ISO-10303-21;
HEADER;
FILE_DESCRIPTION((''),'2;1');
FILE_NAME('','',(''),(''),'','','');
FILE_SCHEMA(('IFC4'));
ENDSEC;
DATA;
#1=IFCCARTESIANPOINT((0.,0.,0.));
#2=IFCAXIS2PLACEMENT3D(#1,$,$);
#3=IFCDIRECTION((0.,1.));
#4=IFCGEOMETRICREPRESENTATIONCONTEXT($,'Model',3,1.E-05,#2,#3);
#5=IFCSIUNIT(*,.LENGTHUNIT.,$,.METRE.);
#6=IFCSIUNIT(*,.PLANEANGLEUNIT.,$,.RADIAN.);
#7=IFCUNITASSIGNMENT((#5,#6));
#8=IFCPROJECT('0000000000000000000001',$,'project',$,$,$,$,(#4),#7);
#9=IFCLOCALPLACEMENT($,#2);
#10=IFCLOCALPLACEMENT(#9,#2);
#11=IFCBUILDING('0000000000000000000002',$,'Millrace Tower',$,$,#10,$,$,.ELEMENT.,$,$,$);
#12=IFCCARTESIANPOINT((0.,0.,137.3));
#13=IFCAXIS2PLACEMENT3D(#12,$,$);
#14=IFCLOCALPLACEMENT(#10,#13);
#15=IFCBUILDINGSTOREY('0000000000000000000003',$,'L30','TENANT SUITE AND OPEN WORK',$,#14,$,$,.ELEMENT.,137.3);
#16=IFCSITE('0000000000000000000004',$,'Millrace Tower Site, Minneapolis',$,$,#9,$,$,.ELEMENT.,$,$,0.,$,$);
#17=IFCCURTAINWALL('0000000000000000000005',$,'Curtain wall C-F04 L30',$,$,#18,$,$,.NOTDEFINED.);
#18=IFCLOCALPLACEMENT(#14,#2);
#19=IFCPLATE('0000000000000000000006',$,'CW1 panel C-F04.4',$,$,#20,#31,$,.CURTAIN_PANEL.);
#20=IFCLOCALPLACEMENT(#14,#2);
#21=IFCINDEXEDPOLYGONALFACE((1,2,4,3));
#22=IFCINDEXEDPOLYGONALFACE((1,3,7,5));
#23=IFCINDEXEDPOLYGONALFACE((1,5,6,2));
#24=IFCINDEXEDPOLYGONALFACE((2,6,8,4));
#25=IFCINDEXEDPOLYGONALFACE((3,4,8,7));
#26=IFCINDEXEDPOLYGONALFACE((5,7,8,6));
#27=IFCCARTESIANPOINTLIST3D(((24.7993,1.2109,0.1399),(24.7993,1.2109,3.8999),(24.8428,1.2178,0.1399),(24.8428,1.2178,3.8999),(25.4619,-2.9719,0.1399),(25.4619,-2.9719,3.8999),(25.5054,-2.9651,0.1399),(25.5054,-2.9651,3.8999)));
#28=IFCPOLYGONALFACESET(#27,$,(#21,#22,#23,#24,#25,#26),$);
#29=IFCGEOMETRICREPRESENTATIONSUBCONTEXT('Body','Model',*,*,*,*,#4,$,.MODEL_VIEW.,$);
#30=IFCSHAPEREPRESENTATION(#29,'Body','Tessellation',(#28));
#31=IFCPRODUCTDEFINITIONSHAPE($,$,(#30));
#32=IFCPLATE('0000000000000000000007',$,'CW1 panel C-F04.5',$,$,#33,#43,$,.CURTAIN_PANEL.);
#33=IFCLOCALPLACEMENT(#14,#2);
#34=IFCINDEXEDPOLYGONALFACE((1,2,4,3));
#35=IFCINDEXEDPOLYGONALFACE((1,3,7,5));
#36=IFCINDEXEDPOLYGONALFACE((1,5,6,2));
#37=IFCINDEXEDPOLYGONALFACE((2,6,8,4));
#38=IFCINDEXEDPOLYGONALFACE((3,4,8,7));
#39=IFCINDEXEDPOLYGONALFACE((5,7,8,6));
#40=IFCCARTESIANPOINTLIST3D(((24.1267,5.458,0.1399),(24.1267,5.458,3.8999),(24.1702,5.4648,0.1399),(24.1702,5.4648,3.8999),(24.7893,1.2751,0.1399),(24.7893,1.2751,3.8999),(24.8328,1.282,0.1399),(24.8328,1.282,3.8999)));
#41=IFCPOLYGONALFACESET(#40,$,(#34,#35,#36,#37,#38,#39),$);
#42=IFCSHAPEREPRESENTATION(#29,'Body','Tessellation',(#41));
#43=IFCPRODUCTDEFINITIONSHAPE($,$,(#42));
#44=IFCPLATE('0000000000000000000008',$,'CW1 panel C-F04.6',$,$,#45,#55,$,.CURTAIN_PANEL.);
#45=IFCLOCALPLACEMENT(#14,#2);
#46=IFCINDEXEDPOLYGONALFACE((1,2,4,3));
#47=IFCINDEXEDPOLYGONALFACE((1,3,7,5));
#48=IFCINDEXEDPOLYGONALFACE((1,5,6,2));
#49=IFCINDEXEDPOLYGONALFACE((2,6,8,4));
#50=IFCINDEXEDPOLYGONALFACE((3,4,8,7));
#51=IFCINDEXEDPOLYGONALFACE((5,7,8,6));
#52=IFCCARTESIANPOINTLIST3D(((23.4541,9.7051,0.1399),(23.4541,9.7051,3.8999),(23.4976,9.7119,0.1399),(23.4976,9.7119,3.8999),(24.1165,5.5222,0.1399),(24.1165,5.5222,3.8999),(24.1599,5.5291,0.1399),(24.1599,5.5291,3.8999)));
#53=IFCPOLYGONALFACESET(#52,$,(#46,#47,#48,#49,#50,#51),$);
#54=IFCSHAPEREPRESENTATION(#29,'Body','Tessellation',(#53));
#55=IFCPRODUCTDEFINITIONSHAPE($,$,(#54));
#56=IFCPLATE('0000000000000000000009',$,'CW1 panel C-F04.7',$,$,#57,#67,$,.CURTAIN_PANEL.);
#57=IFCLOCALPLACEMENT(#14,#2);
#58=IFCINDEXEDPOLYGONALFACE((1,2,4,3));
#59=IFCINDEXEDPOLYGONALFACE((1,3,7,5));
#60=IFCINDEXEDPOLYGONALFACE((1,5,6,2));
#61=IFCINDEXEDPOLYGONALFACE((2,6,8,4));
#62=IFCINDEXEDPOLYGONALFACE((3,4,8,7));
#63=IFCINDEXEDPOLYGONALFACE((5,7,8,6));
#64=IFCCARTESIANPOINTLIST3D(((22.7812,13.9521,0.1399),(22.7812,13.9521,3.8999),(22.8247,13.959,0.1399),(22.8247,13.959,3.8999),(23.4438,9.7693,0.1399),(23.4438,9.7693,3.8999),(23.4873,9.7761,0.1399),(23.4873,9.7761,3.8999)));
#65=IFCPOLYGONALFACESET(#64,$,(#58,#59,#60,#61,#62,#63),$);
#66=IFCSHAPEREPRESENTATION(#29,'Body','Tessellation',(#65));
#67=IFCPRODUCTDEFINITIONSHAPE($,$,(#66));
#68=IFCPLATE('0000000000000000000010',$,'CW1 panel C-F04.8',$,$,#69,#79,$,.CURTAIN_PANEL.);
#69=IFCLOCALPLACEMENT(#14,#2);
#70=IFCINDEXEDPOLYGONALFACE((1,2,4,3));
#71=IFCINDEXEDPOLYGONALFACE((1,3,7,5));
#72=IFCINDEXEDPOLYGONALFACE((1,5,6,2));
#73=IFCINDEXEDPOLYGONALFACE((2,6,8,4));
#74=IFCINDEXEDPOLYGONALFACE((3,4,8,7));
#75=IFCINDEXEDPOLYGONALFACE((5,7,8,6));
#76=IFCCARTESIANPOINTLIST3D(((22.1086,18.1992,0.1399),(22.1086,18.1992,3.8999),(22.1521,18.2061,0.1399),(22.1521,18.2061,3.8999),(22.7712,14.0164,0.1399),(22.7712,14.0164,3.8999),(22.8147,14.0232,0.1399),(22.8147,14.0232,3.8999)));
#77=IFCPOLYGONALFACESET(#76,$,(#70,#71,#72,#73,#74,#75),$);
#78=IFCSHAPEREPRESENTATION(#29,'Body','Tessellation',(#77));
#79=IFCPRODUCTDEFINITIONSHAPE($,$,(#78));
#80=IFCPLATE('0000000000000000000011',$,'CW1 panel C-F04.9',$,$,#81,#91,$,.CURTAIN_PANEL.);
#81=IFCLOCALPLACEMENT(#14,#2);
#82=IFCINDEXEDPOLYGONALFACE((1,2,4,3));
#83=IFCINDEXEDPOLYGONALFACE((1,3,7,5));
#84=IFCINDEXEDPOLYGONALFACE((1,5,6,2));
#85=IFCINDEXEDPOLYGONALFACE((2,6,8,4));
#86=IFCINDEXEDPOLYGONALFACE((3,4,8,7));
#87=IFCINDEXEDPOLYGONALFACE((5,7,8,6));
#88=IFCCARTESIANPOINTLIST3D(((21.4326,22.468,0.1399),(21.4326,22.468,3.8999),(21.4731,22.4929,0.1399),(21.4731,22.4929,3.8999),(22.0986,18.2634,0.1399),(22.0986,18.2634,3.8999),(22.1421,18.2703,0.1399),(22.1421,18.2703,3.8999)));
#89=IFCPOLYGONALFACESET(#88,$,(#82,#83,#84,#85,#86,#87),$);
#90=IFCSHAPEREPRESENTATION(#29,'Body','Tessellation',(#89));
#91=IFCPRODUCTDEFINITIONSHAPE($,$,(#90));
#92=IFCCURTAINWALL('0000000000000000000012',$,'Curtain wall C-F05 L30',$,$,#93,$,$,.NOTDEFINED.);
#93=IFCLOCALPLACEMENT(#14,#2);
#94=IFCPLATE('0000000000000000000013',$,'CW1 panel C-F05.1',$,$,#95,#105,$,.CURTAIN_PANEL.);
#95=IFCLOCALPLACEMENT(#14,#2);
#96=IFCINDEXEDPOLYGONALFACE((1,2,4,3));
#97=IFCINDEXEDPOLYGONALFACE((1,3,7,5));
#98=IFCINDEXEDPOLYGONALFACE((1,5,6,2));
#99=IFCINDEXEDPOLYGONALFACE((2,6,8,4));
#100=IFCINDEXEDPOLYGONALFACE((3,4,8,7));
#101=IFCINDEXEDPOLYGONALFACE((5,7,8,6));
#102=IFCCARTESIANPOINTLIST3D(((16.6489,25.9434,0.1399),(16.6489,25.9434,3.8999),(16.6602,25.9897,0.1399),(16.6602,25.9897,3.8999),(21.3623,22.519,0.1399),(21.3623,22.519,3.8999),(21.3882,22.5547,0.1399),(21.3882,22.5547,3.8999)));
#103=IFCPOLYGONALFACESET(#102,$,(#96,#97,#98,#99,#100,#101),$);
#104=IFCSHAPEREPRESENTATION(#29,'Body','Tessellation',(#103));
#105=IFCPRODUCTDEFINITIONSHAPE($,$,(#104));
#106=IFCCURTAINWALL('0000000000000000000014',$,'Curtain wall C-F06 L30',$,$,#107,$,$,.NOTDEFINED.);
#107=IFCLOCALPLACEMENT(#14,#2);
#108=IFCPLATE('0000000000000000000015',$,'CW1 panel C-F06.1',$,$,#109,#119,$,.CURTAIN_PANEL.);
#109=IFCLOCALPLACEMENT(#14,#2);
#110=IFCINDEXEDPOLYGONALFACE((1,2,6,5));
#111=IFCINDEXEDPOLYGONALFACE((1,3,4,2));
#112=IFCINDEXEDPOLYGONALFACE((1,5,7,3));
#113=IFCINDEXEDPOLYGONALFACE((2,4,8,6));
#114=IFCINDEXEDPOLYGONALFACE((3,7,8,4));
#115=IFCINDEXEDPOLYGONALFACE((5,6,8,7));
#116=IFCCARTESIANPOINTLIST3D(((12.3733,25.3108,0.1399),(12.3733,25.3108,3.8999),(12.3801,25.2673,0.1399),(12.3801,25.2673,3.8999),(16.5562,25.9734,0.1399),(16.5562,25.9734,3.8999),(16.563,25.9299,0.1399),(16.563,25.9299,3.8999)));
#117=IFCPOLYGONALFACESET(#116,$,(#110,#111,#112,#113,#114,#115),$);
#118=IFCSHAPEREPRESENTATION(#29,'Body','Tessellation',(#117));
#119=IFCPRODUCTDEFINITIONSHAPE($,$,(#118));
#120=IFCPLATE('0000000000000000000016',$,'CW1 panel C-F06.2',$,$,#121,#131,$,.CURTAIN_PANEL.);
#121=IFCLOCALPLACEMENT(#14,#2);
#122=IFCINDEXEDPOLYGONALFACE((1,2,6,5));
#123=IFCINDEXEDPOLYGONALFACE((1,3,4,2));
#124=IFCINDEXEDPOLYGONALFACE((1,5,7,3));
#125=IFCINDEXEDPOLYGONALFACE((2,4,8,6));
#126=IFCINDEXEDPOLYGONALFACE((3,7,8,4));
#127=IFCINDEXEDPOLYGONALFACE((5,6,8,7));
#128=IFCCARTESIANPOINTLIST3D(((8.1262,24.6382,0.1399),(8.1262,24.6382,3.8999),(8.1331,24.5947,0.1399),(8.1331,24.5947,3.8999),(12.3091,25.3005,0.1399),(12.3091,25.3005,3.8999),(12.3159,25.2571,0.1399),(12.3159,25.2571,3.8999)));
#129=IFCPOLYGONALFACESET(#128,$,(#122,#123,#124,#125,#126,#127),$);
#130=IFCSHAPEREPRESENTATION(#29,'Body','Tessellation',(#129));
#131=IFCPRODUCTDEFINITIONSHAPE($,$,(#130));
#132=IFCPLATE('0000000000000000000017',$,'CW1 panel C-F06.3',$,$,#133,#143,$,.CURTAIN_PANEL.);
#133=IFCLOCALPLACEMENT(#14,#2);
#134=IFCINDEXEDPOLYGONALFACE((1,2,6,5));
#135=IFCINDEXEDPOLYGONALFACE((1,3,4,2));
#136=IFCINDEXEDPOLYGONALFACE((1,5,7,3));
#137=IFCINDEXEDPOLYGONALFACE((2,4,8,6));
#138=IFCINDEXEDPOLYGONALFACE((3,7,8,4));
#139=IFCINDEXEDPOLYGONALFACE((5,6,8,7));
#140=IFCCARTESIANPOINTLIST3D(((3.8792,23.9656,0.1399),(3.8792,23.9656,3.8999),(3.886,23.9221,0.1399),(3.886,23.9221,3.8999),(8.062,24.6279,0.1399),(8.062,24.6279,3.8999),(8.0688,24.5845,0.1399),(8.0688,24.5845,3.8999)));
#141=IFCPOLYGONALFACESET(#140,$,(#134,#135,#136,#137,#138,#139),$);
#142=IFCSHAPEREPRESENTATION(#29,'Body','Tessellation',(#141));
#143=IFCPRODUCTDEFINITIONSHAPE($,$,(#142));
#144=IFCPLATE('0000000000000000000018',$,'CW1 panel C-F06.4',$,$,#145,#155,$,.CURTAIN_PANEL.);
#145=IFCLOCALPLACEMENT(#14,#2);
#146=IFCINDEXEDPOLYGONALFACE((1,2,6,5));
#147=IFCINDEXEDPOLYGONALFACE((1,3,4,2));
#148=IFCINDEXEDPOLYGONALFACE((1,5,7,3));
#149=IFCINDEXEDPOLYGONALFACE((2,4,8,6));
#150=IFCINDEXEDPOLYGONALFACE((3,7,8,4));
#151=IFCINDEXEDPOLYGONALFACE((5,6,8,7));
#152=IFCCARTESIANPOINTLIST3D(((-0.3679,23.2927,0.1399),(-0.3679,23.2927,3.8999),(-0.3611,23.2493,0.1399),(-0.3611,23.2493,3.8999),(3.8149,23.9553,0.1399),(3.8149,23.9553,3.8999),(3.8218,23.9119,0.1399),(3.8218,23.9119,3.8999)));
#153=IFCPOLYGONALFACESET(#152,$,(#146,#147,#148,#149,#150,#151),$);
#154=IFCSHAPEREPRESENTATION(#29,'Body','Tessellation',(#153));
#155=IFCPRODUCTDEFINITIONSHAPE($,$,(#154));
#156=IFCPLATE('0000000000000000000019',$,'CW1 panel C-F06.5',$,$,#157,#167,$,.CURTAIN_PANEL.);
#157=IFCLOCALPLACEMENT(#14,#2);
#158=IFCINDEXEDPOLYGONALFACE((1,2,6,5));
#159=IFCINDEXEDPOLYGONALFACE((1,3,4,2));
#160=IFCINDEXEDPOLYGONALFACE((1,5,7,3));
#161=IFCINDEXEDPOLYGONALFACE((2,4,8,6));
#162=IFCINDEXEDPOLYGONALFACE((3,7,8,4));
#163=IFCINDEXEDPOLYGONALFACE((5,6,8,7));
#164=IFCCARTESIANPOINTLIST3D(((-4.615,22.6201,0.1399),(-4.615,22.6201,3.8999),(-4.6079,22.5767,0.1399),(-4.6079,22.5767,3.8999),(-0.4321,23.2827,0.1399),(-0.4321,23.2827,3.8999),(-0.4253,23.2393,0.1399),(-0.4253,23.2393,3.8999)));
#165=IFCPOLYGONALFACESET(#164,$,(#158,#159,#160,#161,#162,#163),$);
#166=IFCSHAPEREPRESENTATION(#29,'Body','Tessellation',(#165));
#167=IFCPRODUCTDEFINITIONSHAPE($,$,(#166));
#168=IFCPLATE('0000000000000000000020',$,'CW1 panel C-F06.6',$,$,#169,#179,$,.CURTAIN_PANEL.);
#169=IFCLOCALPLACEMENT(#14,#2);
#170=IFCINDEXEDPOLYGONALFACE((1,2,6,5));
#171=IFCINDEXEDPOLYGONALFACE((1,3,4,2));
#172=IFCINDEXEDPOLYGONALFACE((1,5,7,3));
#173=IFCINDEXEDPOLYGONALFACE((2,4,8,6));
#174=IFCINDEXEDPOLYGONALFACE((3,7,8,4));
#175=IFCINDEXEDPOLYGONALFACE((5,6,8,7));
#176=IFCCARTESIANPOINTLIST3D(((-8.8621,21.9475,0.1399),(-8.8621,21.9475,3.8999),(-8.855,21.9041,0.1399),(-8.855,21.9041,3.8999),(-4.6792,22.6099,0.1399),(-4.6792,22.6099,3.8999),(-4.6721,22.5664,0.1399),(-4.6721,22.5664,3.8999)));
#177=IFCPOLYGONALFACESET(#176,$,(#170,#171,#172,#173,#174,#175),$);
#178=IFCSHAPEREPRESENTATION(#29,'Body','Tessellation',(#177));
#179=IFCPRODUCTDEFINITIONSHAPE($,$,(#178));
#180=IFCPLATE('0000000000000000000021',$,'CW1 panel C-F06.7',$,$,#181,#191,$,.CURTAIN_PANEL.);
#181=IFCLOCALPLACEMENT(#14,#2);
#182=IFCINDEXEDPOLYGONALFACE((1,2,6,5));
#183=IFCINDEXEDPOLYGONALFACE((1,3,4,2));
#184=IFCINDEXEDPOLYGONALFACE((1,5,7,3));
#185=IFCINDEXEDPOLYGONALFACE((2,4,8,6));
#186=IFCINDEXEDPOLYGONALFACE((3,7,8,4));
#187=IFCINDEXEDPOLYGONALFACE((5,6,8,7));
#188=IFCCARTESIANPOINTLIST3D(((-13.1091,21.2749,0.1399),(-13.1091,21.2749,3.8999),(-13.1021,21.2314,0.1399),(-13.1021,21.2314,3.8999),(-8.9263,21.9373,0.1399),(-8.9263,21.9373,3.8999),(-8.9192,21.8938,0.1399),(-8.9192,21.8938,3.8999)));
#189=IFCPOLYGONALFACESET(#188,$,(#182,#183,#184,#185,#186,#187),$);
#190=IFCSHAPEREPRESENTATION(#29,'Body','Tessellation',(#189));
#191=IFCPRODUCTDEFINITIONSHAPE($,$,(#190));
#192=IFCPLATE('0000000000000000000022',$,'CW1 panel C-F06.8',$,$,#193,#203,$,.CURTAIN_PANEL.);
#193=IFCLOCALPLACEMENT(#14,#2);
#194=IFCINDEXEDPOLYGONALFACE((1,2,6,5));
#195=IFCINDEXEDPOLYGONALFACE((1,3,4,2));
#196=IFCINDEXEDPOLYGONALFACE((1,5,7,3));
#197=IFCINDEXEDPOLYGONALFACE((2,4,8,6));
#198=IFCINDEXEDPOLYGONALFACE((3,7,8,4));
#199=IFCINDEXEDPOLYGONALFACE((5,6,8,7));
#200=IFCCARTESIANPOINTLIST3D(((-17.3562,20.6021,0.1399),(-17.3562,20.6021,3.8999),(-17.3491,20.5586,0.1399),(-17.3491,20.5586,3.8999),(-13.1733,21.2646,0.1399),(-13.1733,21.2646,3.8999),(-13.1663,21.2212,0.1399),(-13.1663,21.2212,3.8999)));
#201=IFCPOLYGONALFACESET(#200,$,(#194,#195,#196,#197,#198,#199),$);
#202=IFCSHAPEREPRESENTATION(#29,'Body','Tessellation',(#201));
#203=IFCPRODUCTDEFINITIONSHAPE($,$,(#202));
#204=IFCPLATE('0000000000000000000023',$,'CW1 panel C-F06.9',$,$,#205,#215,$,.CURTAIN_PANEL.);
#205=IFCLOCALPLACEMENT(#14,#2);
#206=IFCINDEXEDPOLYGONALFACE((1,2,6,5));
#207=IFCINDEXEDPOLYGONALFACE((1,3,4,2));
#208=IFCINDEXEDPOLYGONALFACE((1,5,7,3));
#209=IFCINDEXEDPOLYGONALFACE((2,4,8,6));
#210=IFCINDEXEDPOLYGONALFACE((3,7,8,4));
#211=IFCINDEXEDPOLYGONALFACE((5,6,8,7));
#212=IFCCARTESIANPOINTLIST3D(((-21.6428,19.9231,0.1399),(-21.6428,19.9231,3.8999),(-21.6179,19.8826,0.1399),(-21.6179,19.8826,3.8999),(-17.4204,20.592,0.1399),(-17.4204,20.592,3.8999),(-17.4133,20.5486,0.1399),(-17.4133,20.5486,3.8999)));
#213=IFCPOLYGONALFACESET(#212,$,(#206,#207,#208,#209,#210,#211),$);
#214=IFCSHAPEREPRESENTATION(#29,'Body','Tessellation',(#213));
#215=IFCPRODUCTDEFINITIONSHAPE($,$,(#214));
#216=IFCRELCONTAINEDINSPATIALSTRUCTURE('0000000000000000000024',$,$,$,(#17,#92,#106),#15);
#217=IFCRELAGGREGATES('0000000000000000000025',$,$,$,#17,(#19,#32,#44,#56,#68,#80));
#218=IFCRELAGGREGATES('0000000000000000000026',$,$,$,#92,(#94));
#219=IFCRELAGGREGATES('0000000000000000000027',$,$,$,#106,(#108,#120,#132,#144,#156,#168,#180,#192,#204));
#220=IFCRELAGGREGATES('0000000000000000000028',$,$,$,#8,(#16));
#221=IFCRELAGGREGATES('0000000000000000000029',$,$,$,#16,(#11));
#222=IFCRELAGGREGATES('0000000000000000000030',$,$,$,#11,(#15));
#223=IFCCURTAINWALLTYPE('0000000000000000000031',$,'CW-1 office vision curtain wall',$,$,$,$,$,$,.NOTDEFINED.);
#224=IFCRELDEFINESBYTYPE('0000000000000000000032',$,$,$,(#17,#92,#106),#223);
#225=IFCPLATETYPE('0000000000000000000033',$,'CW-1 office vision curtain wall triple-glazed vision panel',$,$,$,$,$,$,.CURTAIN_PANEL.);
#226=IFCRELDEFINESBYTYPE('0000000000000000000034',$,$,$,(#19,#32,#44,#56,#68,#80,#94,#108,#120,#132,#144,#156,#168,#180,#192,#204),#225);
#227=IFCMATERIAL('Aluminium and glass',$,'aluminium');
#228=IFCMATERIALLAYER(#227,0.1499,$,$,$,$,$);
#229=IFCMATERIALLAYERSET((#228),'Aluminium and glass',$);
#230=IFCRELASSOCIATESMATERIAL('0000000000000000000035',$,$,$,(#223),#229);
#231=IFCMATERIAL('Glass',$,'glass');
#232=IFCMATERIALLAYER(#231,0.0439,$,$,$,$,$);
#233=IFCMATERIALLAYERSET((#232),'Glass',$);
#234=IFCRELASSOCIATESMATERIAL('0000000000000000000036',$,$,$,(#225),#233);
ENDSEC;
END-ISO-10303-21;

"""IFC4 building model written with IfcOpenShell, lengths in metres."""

from ifc_helpers import new_model, si_unit, direction, frame, origin, place, context, subcontext, project, spatial, polyline, outline, extrude, material, layer, layer_set, type_object, element, aggregate, save


model = new_model("IFC4")

# Units and contexts
model_context = context("Model", 3, precision=1e-05, world=origin(), true_north=direction((0.0, 1.0)))
body_context = subcontext(model_context, "Body", "Model", "MODEL_VIEW")
ifc_project = project(units=[si_unit("LENGTHUNIT", "METRE"), si_unit("PLANEANGLEUNIT", "RADIAN")], contexts=[model_context])

# Site, building, storey
site_placement = place(None, origin())
site = spatial("IfcSite", under=ifc_project, at=site_placement, Name="Millrace Tower Site, Minneapolis", CompositionType="ELEMENT", RefElevation=0.0)
building_placement = place(site_placement, origin())
building = spatial("IfcBuilding", under=site, at=building_placement, Name="Millrace Tower", CompositionType="ELEMENT")
storey_placement = place(building_placement, frame((0.0, 0.0, 137.3)))
storey = spatial("IfcBuildingStorey", under=building, at=storey_placement, Name="L30", Description="TENANT SUITE AND OPEN WORK", CompositionType="ELEMENT", Elevation=137.3)

# Curtain wall, plates
ifc_material_1 = material(Name="Aluminium and glass", Category="aluminium")
ifc_layer_1 = layer(ifc_material_1, 0.1499)
ifc_layer_set_1 = layer_set([ifc_layer_1], Name="Aluminium and glass")
curtain_wall_type = type_object("IfcCurtainWallType", Name="CW-1 office vision curtain wall", PredefinedType="NOTDEFINED", material=ifc_layer_set_1)
placement_1 = place(storey_placement, origin())
curtain_wall_1 = element("IfcCurtainWall", 1, at=placement_1, inside=storey, type_object=curtain_wall_type, Name="Curtain wall C-F04 L30", PredefinedType="NOTDEFINED")
ifc_material_2 = material(Name="Glass", Category="glass")
ifc_layer_2 = layer(ifc_material_2, 0.0439)
ifc_layer_set_2 = layer_set([ifc_layer_2], Name="Glass")
plate_type = type_object("IfcPlateType", Name="CW-1 office vision curtain wall triple-glazed vision panel", PredefinedType="CURTAIN_PANEL", material=ifc_layer_set_2)
placement_2 = place(storey_placement, frame((0.0, 0.0, 0.1399)))
plate_1 = element("IfcPlate", 2, at=placement_2, type_object=plate_type, Name="CW1 panel C-F04.4", PredefinedType="CURTAIN_PANEL", context=body_context, shape_type="SweptSolid", body=[
    extrude(outline(polyline([(25.5054, -2.9651), (24.8428, 1.2178), (24.7993, 1.2109), (25.4619, -2.9719), (25.5054, -2.9651)])), origin(), (0.0, 0.0, 1.0), 3.76),
])
plate_2 = element("IfcPlate", 3, at=placement_2, type_object=plate_type, Name="CW1 panel C-F04.5", PredefinedType="CURTAIN_PANEL", context=body_context, shape_type="SweptSolid", body=[
    extrude(outline(polyline([(24.8328, 1.282), (24.1702, 5.4648), (24.1267, 5.458), (24.7893, 1.2751), (24.8328, 1.282)])), origin(), (0.0, 0.0, 1.0), 3.76),
])
plate_3 = element("IfcPlate", 4, at=placement_2, type_object=plate_type, Name="CW1 panel C-F04.6", PredefinedType="CURTAIN_PANEL", context=body_context, shape_type="SweptSolid", body=[
    extrude(outline(polyline([(24.1599, 5.5291), (23.4976, 9.7119), (23.4541, 9.7051), (24.1165, 5.5222), (24.1599, 5.5291)])), origin(), (0.0, 0.0, 1.0), 3.76),
])
plate_4 = element("IfcPlate", 5, at=placement_2, type_object=plate_type, Name="CW1 panel C-F04.7", PredefinedType="CURTAIN_PANEL", context=body_context, shape_type="SweptSolid", body=[
    extrude(outline(polyline([(23.4873, 9.7761), (22.8247, 13.959), (22.7812, 13.9521), (23.4438, 9.7693), (23.4873, 9.7761)])), origin(), (0.0, 0.0, 1.0), 3.76),
])
plate_5 = element("IfcPlate", 6, at=placement_2, type_object=plate_type, Name="CW1 panel C-F04.8", PredefinedType="CURTAIN_PANEL", context=body_context, shape_type="SweptSolid", body=[
    extrude(outline(polyline([(22.8147, 14.0232), (22.1521, 18.2061), (22.1086, 18.1992), (22.7712, 14.0164), (22.8147, 14.0232)])), origin(), (0.0, 0.0, 1.0), 3.76),
])
plate_6 = element("IfcPlate", 7, at=placement_2, type_object=plate_type, Name="CW1 panel C-F04.9", PredefinedType="CURTAIN_PANEL", context=body_context, shape_type="SweptSolid", body=[
    extrude(outline(polyline([(22.1421, 18.2703), (21.4731, 22.4929), (21.4326, 22.468), (22.0986, 18.2634), (22.1421, 18.2703)])), origin(), (0.0, 0.0, 1.0), 3.76),
])
aggregate(curtain_wall_1, [plate_1, plate_2, plate_3, plate_4, plate_5, plate_6])

# Curtain wall, plate
curtain_wall_2 = element("IfcCurtainWall", 8, at=placement_1, inside=storey, type_object=curtain_wall_type, Name="Curtain wall C-F05 L30", PredefinedType="NOTDEFINED")
plate_7 = element("IfcPlate", 9, at=placement_2, type_object=plate_type, Name="CW1 panel C-F05.1", PredefinedType="CURTAIN_PANEL", context=body_context, shape_type="SweptSolid", body=[
    extrude(outline(polyline([(21.3882, 22.5547), (16.6602, 25.9897), (16.6489, 25.9434), (21.3623, 22.519), (21.3882, 22.5547)])), origin(), (0.0, 0.0, 1.0), 3.76),
])
aggregate(curtain_wall_2, [plate_7])

# Curtain wall, plates
curtain_wall_3 = element("IfcCurtainWall", 10, at=placement_1, inside=storey, type_object=curtain_wall_type, Name="Curtain wall C-F06 L30", PredefinedType="NOTDEFINED")
plate_8 = element("IfcPlate", 11, at=placement_2, type_object=plate_type, Name="CW1 panel C-F06.1", PredefinedType="CURTAIN_PANEL", context=body_context, shape_type="SweptSolid", body=[
    extrude(outline(polyline([(16.5562, 25.9734), (12.3733, 25.3108), (12.3801, 25.2673), (16.563, 25.9299), (16.5562, 25.9734)])), origin(), (0.0, 0.0, 1.0), 3.76),
])
plate_9 = element("IfcPlate", 12, at=placement_2, type_object=plate_type, Name="CW1 panel C-F06.2", PredefinedType="CURTAIN_PANEL", context=body_context, shape_type="SweptSolid", body=[
    extrude(outline(polyline([(12.3091, 25.3005), (8.1262, 24.6382), (8.1331, 24.5947), (12.3159, 25.2571), (12.3091, 25.3005)])), origin(), (0.0, 0.0, 1.0), 3.76),
])
plate_10 = element("IfcPlate", 13, at=placement_2, type_object=plate_type, Name="CW1 panel C-F06.3", PredefinedType="CURTAIN_PANEL", context=body_context, shape_type="SweptSolid", body=[
    extrude(outline(polyline([(8.062, 24.6279), (3.8792, 23.9656), (3.886, 23.9221), (8.0688, 24.5845), (8.062, 24.6279)])), origin(), (0.0, 0.0, 1.0), 3.76),
])
plate_11 = element("IfcPlate", 14, at=placement_2, type_object=plate_type, Name="CW1 panel C-F06.4", PredefinedType="CURTAIN_PANEL", context=body_context, shape_type="SweptSolid", body=[
    extrude(outline(polyline([(3.8149, 23.9553), (-0.3679, 23.2927), (-0.3611, 23.2493), (3.8218, 23.9119), (3.8149, 23.9553)])), origin(), (0.0, 0.0, 1.0), 3.76),
])
plate_12 = element("IfcPlate", 15, at=placement_2, type_object=plate_type, Name="CW1 panel C-F06.5", PredefinedType="CURTAIN_PANEL", context=body_context, shape_type="SweptSolid", body=[
    extrude(outline(polyline([(-0.4321, 23.2827), (-4.615, 22.6201), (-4.6079, 22.5767), (-0.4253, 23.2393), (-0.4321, 23.2827)])), origin(), (0.0, 0.0, 1.0), 3.76),
])
plate_13 = element("IfcPlate", 16, at=placement_2, type_object=plate_type, Name="CW1 panel C-F06.6", PredefinedType="CURTAIN_PANEL", context=body_context, shape_type="SweptSolid", body=[
    extrude(outline(polyline([(-4.6792, 22.6099), (-8.8621, 21.9475), (-8.855, 21.9041), (-4.6721, 22.5664), (-4.6792, 22.6099)])), origin(), (0.0, 0.0, 1.0), 3.76),
])
plate_14 = element("IfcPlate", 17, at=placement_2, type_object=plate_type, Name="CW1 panel C-F06.7", PredefinedType="CURTAIN_PANEL", context=body_context, shape_type="SweptSolid", body=[
    extrude(outline(polyline([(-8.9263, 21.9373), (-13.1091, 21.2749), (-13.1021, 21.2314), (-8.9192, 21.8938), (-8.9263, 21.9373)])), origin(), (0.0, 0.0, 1.0), 3.76),
])
plate_15 = element("IfcPlate", 18, at=placement_2, type_object=plate_type, Name="CW1 panel C-F06.8", PredefinedType="CURTAIN_PANEL", context=body_context, shape_type="SweptSolid", body=[
    extrude(outline(polyline([(-13.1733, 21.2646), (-17.3562, 20.6021), (-17.3491, 20.5586), (-13.1663, 21.2212), (-13.1733, 21.2646)])), origin(), (0.0, 0.0, 1.0), 3.76),
])
plate_16 = element("IfcPlate", 19, at=placement_2, type_object=plate_type, Name="CW1 panel C-F06.9", PredefinedType="CURTAIN_PANEL", context=body_context, shape_type="SweptSolid", body=[
    extrude(outline(polyline([(-17.4204, 20.592), (-21.6428, 19.9231), (-21.6179, 19.8826), (-17.4133, 20.5486), (-17.4204, 20.592)])), origin(), (0.0, 0.0, 1.0), 3.76),
])
aggregate(curtain_wall_3, [plate_8, plate_9, plate_10, plate_11, plate_12, plate_13, plate_14, plate_15, plate_16])

save(model, "model.ifc")
